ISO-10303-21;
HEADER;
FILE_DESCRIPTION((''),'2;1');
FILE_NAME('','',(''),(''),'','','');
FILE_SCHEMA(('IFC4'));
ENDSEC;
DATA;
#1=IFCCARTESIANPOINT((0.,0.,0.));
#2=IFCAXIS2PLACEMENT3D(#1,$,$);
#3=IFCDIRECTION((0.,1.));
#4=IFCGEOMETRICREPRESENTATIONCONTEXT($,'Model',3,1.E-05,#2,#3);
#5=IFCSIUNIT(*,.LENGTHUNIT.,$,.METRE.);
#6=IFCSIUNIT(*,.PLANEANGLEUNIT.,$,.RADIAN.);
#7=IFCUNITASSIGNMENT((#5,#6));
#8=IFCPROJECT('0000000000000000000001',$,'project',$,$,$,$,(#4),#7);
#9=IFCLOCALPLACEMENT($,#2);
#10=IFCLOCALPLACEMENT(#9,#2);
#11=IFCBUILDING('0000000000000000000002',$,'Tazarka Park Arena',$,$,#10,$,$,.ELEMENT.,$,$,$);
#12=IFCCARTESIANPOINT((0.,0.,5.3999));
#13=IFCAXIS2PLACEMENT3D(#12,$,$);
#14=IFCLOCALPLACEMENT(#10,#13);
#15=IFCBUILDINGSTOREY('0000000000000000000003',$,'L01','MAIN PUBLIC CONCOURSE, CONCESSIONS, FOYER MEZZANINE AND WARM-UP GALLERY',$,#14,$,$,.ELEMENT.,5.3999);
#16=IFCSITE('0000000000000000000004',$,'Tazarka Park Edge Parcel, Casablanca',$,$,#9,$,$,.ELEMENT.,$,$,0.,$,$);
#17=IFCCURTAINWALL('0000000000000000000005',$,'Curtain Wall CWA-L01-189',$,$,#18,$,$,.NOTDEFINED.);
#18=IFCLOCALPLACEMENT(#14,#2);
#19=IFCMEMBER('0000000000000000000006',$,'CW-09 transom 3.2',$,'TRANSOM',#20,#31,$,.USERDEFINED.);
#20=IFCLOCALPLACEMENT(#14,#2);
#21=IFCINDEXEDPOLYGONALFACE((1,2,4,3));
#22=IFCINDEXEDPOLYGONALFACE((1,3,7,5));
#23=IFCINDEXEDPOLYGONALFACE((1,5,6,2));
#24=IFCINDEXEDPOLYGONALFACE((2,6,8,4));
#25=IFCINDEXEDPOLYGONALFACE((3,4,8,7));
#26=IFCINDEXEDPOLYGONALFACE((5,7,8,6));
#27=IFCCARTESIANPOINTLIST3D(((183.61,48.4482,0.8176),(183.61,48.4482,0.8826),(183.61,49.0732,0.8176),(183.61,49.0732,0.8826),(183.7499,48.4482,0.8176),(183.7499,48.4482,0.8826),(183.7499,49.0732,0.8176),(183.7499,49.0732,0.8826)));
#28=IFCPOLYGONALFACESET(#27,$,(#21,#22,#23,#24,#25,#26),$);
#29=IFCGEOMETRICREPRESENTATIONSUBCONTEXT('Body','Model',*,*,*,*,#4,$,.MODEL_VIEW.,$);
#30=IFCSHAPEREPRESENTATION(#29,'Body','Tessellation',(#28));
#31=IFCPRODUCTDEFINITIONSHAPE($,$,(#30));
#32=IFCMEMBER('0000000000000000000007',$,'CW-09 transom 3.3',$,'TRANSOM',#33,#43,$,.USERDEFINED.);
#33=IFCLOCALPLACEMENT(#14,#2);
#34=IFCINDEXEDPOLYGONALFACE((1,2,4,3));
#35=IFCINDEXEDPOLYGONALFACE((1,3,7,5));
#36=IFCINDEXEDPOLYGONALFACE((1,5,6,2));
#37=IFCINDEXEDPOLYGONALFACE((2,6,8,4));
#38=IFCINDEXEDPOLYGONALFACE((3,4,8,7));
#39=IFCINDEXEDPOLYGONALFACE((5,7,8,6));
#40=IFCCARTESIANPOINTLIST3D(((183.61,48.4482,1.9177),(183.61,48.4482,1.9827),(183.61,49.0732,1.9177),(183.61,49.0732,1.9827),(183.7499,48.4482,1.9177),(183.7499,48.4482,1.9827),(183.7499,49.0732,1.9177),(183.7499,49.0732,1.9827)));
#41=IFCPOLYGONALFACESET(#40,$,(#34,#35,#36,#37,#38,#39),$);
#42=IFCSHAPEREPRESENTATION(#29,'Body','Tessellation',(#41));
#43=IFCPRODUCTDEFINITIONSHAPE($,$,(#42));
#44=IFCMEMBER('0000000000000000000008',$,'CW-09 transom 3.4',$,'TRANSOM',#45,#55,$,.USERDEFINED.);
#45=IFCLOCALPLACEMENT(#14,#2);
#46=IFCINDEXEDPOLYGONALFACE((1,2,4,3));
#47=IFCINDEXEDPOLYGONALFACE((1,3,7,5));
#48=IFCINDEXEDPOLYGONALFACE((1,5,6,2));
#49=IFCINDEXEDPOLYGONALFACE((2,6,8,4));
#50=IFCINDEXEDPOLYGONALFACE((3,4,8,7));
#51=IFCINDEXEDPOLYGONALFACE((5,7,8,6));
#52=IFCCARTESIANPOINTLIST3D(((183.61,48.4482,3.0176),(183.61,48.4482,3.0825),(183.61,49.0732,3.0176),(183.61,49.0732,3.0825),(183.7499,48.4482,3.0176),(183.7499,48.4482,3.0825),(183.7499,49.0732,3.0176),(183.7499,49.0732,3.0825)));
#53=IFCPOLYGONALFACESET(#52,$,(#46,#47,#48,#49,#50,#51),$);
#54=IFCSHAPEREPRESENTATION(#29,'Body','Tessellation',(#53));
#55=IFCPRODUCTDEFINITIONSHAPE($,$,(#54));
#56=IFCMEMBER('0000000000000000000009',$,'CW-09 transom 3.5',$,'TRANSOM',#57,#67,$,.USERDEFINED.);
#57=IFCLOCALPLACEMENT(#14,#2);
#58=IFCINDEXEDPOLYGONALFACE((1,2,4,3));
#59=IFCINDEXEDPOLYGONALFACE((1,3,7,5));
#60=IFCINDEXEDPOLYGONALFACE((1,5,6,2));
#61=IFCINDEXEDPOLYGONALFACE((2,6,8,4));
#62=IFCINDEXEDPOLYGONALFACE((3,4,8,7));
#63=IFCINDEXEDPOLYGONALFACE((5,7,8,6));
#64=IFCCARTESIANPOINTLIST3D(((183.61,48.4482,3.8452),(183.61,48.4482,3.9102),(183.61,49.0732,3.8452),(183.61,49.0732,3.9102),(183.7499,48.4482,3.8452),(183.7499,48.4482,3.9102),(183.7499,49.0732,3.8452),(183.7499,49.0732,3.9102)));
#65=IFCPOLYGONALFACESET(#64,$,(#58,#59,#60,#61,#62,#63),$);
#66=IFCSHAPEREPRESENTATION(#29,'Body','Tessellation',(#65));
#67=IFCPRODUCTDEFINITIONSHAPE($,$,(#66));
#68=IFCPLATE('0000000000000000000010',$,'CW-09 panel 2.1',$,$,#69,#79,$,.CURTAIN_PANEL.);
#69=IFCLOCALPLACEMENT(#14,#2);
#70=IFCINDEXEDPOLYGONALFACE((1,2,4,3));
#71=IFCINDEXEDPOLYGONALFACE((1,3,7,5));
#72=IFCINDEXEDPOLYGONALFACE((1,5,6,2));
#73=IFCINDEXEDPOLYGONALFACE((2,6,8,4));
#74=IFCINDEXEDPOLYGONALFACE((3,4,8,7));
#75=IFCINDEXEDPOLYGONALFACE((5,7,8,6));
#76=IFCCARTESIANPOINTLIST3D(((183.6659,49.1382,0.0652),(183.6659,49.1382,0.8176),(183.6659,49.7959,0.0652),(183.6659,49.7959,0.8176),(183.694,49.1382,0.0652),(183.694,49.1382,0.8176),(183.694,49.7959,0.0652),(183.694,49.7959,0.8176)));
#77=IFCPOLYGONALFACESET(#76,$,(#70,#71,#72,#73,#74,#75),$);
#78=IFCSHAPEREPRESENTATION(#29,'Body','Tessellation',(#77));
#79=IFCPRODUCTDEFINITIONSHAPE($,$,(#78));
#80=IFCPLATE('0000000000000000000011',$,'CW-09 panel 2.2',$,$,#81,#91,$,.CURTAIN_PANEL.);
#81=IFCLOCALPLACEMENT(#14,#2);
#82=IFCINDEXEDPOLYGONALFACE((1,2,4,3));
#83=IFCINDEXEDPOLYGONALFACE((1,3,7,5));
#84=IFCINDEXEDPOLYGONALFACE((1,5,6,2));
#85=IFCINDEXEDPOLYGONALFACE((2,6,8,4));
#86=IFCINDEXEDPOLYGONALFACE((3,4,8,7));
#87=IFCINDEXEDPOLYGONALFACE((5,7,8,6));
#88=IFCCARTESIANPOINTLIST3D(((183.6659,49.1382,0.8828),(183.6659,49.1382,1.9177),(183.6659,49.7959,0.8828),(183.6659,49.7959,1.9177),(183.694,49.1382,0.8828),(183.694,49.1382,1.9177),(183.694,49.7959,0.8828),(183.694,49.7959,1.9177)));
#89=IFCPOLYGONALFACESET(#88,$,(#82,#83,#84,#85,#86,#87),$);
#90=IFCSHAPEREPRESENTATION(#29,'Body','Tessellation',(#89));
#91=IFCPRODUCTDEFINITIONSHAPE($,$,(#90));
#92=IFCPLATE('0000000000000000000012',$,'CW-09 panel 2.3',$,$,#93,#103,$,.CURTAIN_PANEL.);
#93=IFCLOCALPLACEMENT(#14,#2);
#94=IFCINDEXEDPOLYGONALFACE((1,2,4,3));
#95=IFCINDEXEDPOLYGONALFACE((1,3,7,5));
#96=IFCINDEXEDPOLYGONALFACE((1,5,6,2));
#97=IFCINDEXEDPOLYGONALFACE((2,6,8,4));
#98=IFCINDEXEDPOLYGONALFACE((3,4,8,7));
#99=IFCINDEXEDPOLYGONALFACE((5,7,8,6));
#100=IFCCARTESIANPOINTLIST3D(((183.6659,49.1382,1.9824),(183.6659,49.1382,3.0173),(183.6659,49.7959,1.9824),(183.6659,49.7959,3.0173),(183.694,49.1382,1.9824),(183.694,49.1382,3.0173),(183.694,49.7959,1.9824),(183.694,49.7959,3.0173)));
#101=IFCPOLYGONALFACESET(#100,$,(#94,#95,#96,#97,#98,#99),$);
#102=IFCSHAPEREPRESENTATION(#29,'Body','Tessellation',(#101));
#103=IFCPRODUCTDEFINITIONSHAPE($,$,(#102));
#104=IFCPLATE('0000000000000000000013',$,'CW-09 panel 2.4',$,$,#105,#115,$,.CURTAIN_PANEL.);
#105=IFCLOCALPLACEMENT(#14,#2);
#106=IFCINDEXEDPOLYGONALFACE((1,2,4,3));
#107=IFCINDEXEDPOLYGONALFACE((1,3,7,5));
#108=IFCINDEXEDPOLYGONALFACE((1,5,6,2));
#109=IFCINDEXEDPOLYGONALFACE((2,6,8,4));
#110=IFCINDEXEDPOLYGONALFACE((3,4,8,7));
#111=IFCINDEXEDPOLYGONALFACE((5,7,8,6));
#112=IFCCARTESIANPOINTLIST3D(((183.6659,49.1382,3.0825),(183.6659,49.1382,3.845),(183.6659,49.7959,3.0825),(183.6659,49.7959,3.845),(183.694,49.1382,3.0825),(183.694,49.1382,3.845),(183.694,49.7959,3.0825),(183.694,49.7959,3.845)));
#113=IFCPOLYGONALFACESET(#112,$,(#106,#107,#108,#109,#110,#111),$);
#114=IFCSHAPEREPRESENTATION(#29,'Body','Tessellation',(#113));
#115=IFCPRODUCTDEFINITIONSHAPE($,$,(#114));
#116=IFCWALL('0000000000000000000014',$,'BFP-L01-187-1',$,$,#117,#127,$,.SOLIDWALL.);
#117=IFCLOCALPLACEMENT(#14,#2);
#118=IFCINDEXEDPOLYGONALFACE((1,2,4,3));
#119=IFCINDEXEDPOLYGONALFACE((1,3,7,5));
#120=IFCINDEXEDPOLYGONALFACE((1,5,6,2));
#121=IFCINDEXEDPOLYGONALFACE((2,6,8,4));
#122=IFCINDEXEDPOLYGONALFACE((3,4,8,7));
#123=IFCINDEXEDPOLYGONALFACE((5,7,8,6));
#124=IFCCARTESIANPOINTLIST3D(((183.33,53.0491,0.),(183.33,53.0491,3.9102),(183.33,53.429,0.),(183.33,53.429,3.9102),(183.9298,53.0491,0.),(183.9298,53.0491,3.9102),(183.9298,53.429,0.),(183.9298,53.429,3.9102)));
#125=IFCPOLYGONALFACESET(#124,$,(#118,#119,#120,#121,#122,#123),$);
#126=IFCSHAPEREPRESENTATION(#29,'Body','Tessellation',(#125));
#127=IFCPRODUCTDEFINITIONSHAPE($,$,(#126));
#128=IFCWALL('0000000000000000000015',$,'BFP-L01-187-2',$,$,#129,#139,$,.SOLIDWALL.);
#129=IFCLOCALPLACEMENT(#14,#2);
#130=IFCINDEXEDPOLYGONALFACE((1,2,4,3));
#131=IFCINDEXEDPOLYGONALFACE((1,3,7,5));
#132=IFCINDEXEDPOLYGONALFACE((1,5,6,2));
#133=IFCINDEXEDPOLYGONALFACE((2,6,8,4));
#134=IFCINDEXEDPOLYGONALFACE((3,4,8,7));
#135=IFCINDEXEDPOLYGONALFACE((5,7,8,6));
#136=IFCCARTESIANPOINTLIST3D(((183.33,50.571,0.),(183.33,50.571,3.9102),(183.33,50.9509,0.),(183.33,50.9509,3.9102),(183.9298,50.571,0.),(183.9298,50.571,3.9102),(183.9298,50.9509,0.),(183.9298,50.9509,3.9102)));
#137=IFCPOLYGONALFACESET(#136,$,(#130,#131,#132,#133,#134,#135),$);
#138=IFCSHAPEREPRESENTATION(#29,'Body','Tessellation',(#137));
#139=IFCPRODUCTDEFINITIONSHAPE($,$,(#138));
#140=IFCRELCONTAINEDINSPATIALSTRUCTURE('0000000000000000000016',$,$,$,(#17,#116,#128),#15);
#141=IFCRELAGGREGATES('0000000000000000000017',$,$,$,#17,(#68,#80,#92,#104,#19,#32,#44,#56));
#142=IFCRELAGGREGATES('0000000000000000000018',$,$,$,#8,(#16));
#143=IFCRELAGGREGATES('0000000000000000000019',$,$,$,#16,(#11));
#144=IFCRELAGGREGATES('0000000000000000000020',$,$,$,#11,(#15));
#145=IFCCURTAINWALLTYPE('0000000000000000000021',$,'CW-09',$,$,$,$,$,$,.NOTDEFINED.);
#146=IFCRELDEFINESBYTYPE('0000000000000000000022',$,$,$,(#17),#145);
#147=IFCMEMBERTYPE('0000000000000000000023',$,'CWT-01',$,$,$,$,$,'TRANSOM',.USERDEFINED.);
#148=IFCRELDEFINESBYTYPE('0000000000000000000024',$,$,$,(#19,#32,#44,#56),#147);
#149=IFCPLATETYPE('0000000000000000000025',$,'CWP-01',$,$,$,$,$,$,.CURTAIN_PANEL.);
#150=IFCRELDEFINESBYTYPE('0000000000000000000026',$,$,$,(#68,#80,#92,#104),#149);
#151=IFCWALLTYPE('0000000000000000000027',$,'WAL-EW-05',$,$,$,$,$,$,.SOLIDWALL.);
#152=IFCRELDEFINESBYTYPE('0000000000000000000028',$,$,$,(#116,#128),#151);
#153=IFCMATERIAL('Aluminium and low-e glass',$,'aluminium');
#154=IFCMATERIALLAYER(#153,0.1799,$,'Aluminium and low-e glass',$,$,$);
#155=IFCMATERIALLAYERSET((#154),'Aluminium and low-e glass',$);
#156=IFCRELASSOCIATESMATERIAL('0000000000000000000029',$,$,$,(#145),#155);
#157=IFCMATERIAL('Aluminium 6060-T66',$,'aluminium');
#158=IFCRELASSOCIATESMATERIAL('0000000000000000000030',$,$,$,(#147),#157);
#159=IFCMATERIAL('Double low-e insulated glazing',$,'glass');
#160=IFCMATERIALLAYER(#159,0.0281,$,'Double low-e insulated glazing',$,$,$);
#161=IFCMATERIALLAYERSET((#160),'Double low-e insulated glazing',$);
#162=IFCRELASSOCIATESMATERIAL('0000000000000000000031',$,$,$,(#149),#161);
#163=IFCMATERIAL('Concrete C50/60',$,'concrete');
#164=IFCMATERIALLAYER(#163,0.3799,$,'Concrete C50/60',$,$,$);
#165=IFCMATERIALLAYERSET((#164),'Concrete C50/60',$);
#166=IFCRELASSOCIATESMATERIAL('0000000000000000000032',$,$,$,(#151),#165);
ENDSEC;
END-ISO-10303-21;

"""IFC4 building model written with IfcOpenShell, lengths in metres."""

from ifc_helpers import new_model, si_unit, direction, frame, frame_2d, origin, origin_2d, place, context, subcontext, project, spatial, rectangle, extrude, material, layer, layer_set, material_profile, profile_set, type_object, element, aggregate, save


model = new_model("IFC4")

# Units and contexts
model_context = context("Model", 3, precision=1e-05, world=origin(), true_north=direction((0.0, 1.0)))
body_context = subcontext(model_context, "Body", "Model", "MODEL_VIEW")
ifc_project = project(units=[si_unit("LENGTHUNIT", "METRE"), si_unit("PLANEANGLEUNIT", "RADIAN")], contexts=[model_context])

# Site, building, storey
site_placement = place(None, origin())
site = spatial("IfcSite", under=ifc_project, at=site_placement, Name="Tazarka Park Edge Parcel, Casablanca", CompositionType="ELEMENT", RefElevation=0.0)
building_placement = place(site_placement, origin())
building = spatial("IfcBuilding", under=site, at=building_placement, Name="Tazarka Park Arena", CompositionType="ELEMENT")
storey_placement = place(building_placement, frame((0.0, 0.0, 5.3999)))
storey = spatial("IfcBuildingStorey", under=building, at=storey_placement, Name="L01", Description="MAIN PUBLIC CONCOURSE, CONCESSIONS, FOYER MEZZANINE AND WARM-UP GALLERY", CompositionType="ELEMENT", Elevation=5.3999)

# Curtain wall, members, plates
ifc_material_1 = material(Name="Aluminium and low-e glass", Category="aluminium")
ifc_layer_1 = layer(ifc_material_1, 0.1799, Name="Aluminium and low-e glass")
ifc_layer_set_1 = layer_set([ifc_layer_1], Name="Aluminium and low-e glass")
curtain_wall_type = type_object("IfcCurtainWallType", Name="CW-09", PredefinedType="NOTDEFINED", material=ifc_layer_set_1)
curtain_wall_placement = place(storey_placement, origin())
curtain_wall = element("IfcCurtainWall", 1, at=curtain_wall_placement, inside=storey, type_object=curtain_wall_type, Name="Curtain Wall CWA-L01-189", PredefinedType="NOTDEFINED")
ifc_material_2 = material(Name="Aluminium 6060-T66", Category="aluminium")
ifc_material_profile_1 = material_profile(ifc_material_2, rectangle(XDim=0.1399, YDim=0.0649, at=origin_2d()), Name="Aluminium 6060-T66")
ifc_profile_set_1 = profile_set([ifc_material_profile_1], Name="Aluminium 6060-T66")
member_type_1 = type_object("IfcMemberType", Name="CWT-01", ElementType="TRANSOM", PredefinedType="USERDEFINED", material=ifc_profile_set_1)
member_1_placement = place(storey_placement, frame((183.6799, 49.0732, 0.8501), z_axis=(0.0, -1.0, 0.0), x_axis=(1.0, 0.0, 0.0)))
member_1 = element("IfcMember", 2, at=member_1_placement, type_object=member_type_1, Name="CW-09 transom 3.2", ObjectType="TRANSOM", PredefinedType="USERDEFINED", context=body_context, shape_type="SweptSolid", body=[
    extrude(rectangle(XDim=0.1399, YDim=0.0649, at=origin_2d()), origin(), (0.0, 0.0, 1.0), 0.625),
])
member_2_placement = place(storey_placement, frame((183.6799, 49.0732, 1.9502), z_axis=(0.0, -1.0, 0.0), x_axis=(1.0, 0.0, 0.0)))
member_2 = element("IfcMember", 3, at=member_2_placement, type_object=member_type_1, Name="CW-09 transom 3.3", ObjectType="TRANSOM", PredefinedType="USERDEFINED", context=body_context, shape_type="SweptSolid", body=[
    extrude(rectangle(XDim=0.1399, YDim=0.0649, at=origin_2d()), origin(), (0.0, 0.0, 1.0), 0.625),
])
member_3_placement = place(storey_placement, frame((183.6799, 49.0732, 3.05), z_axis=(0.0, -1.0, 0.0), x_axis=(1.0, 0.0, 0.0)))
member_3 = element("IfcMember", 4, at=member_3_placement, type_object=member_type_1, Name="CW-09 transom 3.4", ObjectType="TRANSOM", PredefinedType="USERDEFINED", context=body_context, shape_type="SweptSolid", body=[
    extrude(rectangle(XDim=0.1399, YDim=0.0649, at=origin_2d()), origin(), (0.0, 0.0, 1.0), 0.625),
])
member_4_placement = place(storey_placement, frame((183.6799, 49.0732, 3.8777), z_axis=(0.0, -1.0, 0.0), x_axis=(1.0, 0.0, 0.0)))
member_4 = element("IfcMember", 5, at=member_4_placement, type_object=member_type_1, Name="CW-09 transom 3.5", ObjectType="TRANSOM", PredefinedType="USERDEFINED", context=body_context, shape_type="SweptSolid", body=[
    extrude(rectangle(XDim=0.1399, YDim=0.0649, at=origin_2d()), origin(), (0.0, 0.0, 1.0), 0.625),
])
ifc_material_3 = material(Name="Double low-e insulated glazing", Category="glass")
ifc_layer_2 = layer(ifc_material_3, 0.0281, Name="Double low-e insulated glazing")
ifc_layer_set_2 = layer_set([ifc_layer_2], Name="Double low-e insulated glazing")
plate_type = type_object("IfcPlateType", Name="CWP-01", PredefinedType="CURTAIN_PANEL", material=ifc_layer_set_2)
plate_1_placement = place(storey_placement, frame((183.6799, 49.467, 0.0652), z_axis=(0.0, 0.0, 1.0), x_axis=(0.0, -1.0, 0.0)))
plate_1 = element("IfcPlate", 6, at=plate_1_placement, type_object=plate_type, Name="CW-09 panel 2.1", PredefinedType="CURTAIN_PANEL", context=body_context, shape_type="SweptSolid", body=[
    extrude(rectangle(XDim=0.6577, YDim=0.0281, at=origin_2d()), origin(), (0.0, 0.0, 1.0), 0.7524),
])
plate_2_placement = place(storey_placement, frame((183.6799, 49.467, 0.8828), z_axis=(0.0, 0.0, 1.0), x_axis=(0.0, -1.0, 0.0)))
plate_2 = element("IfcPlate", 7, at=plate_2_placement, type_object=plate_type, Name="CW-09 panel 2.2", PredefinedType="CURTAIN_PANEL", context=body_context, shape_type="SweptSolid", body=[
    extrude(rectangle(XDim=0.6577, YDim=0.0281, at=origin_2d()), origin(), (0.0, 0.0, 1.0), 1.0349),
])
plate_3_placement = place(storey_placement, frame((183.6799, 49.467, 1.9824), z_axis=(0.0, 0.0, 1.0), x_axis=(0.0, -1.0, 0.0)))
plate_3 = element("IfcPlate", 8, at=plate_3_placement, type_object=plate_type, Name="CW-09 panel 2.3", PredefinedType="CURTAIN_PANEL", context=body_context, shape_type="SweptSolid", body=[
    extrude(rectangle(XDim=0.6577, YDim=0.0281, at=origin_2d()), origin(), (0.0, 0.0, 1.0), 1.0349),
])
plate_4_placement = place(storey_placement, frame((183.6799, 49.467, 3.0825), z_axis=(0.0, 0.0, 1.0), x_axis=(0.0, -1.0, 0.0)))
plate_4 = element("IfcPlate", 9, at=plate_4_placement, type_object=plate_type, Name="CW-09 panel 2.4", PredefinedType="CURTAIN_PANEL", context=body_context, shape_type="SweptSolid", body=[
    extrude(rectangle(XDim=0.6577, YDim=0.0281, at=origin_2d()), origin(), (0.0, 0.0, 1.0), 0.7625),
])
aggregate(curtain_wall, [plate_1, plate_2, plate_3, plate_4, member_1, member_2, member_3, member_4])

# Walls
ifc_material_4 = material(Name="Concrete C50/60", Category="concrete")
ifc_layer_3 = layer(ifc_material_4, 0.3799, Name="Concrete C50/60")
ifc_layer_set_3 = layer_set([ifc_layer_3], Name="Concrete C50/60")
wall_type = type_object("IfcWallType", Name="WAL-EW-05", PredefinedType="SOLIDWALL", material=ifc_layer_set_3)
for number, where, z_axis, x_axis, name in (
    (10, (183.3301, 53.239, 0.0), (0.0, 0.0, 1.0), (1.0, 0.0, 0.0), "BFP-L01-187-1"),
    (11, (183.3301, 50.761, 0.0), (0.0, 0.0, 1.0), (1.0, 0.0, 0.0), "BFP-L01-187-2"),
):
    element("IfcWall", number, at=place(storey_placement, frame(where, z_axis=z_axis, x_axis=x_axis)), inside=storey, type_object=wall_type, Name=name, PredefinedType="SOLIDWALL", context=body_context, shape_type="SweptSolid", body=[
        extrude(rectangle(XDim=0.5999, YDim=0.3799, at=frame_2d((0.2998, 0.0))), origin(), (0.0, 0.0, 1.0), 3.9102),
    ])

save(model, "model.ifc")
